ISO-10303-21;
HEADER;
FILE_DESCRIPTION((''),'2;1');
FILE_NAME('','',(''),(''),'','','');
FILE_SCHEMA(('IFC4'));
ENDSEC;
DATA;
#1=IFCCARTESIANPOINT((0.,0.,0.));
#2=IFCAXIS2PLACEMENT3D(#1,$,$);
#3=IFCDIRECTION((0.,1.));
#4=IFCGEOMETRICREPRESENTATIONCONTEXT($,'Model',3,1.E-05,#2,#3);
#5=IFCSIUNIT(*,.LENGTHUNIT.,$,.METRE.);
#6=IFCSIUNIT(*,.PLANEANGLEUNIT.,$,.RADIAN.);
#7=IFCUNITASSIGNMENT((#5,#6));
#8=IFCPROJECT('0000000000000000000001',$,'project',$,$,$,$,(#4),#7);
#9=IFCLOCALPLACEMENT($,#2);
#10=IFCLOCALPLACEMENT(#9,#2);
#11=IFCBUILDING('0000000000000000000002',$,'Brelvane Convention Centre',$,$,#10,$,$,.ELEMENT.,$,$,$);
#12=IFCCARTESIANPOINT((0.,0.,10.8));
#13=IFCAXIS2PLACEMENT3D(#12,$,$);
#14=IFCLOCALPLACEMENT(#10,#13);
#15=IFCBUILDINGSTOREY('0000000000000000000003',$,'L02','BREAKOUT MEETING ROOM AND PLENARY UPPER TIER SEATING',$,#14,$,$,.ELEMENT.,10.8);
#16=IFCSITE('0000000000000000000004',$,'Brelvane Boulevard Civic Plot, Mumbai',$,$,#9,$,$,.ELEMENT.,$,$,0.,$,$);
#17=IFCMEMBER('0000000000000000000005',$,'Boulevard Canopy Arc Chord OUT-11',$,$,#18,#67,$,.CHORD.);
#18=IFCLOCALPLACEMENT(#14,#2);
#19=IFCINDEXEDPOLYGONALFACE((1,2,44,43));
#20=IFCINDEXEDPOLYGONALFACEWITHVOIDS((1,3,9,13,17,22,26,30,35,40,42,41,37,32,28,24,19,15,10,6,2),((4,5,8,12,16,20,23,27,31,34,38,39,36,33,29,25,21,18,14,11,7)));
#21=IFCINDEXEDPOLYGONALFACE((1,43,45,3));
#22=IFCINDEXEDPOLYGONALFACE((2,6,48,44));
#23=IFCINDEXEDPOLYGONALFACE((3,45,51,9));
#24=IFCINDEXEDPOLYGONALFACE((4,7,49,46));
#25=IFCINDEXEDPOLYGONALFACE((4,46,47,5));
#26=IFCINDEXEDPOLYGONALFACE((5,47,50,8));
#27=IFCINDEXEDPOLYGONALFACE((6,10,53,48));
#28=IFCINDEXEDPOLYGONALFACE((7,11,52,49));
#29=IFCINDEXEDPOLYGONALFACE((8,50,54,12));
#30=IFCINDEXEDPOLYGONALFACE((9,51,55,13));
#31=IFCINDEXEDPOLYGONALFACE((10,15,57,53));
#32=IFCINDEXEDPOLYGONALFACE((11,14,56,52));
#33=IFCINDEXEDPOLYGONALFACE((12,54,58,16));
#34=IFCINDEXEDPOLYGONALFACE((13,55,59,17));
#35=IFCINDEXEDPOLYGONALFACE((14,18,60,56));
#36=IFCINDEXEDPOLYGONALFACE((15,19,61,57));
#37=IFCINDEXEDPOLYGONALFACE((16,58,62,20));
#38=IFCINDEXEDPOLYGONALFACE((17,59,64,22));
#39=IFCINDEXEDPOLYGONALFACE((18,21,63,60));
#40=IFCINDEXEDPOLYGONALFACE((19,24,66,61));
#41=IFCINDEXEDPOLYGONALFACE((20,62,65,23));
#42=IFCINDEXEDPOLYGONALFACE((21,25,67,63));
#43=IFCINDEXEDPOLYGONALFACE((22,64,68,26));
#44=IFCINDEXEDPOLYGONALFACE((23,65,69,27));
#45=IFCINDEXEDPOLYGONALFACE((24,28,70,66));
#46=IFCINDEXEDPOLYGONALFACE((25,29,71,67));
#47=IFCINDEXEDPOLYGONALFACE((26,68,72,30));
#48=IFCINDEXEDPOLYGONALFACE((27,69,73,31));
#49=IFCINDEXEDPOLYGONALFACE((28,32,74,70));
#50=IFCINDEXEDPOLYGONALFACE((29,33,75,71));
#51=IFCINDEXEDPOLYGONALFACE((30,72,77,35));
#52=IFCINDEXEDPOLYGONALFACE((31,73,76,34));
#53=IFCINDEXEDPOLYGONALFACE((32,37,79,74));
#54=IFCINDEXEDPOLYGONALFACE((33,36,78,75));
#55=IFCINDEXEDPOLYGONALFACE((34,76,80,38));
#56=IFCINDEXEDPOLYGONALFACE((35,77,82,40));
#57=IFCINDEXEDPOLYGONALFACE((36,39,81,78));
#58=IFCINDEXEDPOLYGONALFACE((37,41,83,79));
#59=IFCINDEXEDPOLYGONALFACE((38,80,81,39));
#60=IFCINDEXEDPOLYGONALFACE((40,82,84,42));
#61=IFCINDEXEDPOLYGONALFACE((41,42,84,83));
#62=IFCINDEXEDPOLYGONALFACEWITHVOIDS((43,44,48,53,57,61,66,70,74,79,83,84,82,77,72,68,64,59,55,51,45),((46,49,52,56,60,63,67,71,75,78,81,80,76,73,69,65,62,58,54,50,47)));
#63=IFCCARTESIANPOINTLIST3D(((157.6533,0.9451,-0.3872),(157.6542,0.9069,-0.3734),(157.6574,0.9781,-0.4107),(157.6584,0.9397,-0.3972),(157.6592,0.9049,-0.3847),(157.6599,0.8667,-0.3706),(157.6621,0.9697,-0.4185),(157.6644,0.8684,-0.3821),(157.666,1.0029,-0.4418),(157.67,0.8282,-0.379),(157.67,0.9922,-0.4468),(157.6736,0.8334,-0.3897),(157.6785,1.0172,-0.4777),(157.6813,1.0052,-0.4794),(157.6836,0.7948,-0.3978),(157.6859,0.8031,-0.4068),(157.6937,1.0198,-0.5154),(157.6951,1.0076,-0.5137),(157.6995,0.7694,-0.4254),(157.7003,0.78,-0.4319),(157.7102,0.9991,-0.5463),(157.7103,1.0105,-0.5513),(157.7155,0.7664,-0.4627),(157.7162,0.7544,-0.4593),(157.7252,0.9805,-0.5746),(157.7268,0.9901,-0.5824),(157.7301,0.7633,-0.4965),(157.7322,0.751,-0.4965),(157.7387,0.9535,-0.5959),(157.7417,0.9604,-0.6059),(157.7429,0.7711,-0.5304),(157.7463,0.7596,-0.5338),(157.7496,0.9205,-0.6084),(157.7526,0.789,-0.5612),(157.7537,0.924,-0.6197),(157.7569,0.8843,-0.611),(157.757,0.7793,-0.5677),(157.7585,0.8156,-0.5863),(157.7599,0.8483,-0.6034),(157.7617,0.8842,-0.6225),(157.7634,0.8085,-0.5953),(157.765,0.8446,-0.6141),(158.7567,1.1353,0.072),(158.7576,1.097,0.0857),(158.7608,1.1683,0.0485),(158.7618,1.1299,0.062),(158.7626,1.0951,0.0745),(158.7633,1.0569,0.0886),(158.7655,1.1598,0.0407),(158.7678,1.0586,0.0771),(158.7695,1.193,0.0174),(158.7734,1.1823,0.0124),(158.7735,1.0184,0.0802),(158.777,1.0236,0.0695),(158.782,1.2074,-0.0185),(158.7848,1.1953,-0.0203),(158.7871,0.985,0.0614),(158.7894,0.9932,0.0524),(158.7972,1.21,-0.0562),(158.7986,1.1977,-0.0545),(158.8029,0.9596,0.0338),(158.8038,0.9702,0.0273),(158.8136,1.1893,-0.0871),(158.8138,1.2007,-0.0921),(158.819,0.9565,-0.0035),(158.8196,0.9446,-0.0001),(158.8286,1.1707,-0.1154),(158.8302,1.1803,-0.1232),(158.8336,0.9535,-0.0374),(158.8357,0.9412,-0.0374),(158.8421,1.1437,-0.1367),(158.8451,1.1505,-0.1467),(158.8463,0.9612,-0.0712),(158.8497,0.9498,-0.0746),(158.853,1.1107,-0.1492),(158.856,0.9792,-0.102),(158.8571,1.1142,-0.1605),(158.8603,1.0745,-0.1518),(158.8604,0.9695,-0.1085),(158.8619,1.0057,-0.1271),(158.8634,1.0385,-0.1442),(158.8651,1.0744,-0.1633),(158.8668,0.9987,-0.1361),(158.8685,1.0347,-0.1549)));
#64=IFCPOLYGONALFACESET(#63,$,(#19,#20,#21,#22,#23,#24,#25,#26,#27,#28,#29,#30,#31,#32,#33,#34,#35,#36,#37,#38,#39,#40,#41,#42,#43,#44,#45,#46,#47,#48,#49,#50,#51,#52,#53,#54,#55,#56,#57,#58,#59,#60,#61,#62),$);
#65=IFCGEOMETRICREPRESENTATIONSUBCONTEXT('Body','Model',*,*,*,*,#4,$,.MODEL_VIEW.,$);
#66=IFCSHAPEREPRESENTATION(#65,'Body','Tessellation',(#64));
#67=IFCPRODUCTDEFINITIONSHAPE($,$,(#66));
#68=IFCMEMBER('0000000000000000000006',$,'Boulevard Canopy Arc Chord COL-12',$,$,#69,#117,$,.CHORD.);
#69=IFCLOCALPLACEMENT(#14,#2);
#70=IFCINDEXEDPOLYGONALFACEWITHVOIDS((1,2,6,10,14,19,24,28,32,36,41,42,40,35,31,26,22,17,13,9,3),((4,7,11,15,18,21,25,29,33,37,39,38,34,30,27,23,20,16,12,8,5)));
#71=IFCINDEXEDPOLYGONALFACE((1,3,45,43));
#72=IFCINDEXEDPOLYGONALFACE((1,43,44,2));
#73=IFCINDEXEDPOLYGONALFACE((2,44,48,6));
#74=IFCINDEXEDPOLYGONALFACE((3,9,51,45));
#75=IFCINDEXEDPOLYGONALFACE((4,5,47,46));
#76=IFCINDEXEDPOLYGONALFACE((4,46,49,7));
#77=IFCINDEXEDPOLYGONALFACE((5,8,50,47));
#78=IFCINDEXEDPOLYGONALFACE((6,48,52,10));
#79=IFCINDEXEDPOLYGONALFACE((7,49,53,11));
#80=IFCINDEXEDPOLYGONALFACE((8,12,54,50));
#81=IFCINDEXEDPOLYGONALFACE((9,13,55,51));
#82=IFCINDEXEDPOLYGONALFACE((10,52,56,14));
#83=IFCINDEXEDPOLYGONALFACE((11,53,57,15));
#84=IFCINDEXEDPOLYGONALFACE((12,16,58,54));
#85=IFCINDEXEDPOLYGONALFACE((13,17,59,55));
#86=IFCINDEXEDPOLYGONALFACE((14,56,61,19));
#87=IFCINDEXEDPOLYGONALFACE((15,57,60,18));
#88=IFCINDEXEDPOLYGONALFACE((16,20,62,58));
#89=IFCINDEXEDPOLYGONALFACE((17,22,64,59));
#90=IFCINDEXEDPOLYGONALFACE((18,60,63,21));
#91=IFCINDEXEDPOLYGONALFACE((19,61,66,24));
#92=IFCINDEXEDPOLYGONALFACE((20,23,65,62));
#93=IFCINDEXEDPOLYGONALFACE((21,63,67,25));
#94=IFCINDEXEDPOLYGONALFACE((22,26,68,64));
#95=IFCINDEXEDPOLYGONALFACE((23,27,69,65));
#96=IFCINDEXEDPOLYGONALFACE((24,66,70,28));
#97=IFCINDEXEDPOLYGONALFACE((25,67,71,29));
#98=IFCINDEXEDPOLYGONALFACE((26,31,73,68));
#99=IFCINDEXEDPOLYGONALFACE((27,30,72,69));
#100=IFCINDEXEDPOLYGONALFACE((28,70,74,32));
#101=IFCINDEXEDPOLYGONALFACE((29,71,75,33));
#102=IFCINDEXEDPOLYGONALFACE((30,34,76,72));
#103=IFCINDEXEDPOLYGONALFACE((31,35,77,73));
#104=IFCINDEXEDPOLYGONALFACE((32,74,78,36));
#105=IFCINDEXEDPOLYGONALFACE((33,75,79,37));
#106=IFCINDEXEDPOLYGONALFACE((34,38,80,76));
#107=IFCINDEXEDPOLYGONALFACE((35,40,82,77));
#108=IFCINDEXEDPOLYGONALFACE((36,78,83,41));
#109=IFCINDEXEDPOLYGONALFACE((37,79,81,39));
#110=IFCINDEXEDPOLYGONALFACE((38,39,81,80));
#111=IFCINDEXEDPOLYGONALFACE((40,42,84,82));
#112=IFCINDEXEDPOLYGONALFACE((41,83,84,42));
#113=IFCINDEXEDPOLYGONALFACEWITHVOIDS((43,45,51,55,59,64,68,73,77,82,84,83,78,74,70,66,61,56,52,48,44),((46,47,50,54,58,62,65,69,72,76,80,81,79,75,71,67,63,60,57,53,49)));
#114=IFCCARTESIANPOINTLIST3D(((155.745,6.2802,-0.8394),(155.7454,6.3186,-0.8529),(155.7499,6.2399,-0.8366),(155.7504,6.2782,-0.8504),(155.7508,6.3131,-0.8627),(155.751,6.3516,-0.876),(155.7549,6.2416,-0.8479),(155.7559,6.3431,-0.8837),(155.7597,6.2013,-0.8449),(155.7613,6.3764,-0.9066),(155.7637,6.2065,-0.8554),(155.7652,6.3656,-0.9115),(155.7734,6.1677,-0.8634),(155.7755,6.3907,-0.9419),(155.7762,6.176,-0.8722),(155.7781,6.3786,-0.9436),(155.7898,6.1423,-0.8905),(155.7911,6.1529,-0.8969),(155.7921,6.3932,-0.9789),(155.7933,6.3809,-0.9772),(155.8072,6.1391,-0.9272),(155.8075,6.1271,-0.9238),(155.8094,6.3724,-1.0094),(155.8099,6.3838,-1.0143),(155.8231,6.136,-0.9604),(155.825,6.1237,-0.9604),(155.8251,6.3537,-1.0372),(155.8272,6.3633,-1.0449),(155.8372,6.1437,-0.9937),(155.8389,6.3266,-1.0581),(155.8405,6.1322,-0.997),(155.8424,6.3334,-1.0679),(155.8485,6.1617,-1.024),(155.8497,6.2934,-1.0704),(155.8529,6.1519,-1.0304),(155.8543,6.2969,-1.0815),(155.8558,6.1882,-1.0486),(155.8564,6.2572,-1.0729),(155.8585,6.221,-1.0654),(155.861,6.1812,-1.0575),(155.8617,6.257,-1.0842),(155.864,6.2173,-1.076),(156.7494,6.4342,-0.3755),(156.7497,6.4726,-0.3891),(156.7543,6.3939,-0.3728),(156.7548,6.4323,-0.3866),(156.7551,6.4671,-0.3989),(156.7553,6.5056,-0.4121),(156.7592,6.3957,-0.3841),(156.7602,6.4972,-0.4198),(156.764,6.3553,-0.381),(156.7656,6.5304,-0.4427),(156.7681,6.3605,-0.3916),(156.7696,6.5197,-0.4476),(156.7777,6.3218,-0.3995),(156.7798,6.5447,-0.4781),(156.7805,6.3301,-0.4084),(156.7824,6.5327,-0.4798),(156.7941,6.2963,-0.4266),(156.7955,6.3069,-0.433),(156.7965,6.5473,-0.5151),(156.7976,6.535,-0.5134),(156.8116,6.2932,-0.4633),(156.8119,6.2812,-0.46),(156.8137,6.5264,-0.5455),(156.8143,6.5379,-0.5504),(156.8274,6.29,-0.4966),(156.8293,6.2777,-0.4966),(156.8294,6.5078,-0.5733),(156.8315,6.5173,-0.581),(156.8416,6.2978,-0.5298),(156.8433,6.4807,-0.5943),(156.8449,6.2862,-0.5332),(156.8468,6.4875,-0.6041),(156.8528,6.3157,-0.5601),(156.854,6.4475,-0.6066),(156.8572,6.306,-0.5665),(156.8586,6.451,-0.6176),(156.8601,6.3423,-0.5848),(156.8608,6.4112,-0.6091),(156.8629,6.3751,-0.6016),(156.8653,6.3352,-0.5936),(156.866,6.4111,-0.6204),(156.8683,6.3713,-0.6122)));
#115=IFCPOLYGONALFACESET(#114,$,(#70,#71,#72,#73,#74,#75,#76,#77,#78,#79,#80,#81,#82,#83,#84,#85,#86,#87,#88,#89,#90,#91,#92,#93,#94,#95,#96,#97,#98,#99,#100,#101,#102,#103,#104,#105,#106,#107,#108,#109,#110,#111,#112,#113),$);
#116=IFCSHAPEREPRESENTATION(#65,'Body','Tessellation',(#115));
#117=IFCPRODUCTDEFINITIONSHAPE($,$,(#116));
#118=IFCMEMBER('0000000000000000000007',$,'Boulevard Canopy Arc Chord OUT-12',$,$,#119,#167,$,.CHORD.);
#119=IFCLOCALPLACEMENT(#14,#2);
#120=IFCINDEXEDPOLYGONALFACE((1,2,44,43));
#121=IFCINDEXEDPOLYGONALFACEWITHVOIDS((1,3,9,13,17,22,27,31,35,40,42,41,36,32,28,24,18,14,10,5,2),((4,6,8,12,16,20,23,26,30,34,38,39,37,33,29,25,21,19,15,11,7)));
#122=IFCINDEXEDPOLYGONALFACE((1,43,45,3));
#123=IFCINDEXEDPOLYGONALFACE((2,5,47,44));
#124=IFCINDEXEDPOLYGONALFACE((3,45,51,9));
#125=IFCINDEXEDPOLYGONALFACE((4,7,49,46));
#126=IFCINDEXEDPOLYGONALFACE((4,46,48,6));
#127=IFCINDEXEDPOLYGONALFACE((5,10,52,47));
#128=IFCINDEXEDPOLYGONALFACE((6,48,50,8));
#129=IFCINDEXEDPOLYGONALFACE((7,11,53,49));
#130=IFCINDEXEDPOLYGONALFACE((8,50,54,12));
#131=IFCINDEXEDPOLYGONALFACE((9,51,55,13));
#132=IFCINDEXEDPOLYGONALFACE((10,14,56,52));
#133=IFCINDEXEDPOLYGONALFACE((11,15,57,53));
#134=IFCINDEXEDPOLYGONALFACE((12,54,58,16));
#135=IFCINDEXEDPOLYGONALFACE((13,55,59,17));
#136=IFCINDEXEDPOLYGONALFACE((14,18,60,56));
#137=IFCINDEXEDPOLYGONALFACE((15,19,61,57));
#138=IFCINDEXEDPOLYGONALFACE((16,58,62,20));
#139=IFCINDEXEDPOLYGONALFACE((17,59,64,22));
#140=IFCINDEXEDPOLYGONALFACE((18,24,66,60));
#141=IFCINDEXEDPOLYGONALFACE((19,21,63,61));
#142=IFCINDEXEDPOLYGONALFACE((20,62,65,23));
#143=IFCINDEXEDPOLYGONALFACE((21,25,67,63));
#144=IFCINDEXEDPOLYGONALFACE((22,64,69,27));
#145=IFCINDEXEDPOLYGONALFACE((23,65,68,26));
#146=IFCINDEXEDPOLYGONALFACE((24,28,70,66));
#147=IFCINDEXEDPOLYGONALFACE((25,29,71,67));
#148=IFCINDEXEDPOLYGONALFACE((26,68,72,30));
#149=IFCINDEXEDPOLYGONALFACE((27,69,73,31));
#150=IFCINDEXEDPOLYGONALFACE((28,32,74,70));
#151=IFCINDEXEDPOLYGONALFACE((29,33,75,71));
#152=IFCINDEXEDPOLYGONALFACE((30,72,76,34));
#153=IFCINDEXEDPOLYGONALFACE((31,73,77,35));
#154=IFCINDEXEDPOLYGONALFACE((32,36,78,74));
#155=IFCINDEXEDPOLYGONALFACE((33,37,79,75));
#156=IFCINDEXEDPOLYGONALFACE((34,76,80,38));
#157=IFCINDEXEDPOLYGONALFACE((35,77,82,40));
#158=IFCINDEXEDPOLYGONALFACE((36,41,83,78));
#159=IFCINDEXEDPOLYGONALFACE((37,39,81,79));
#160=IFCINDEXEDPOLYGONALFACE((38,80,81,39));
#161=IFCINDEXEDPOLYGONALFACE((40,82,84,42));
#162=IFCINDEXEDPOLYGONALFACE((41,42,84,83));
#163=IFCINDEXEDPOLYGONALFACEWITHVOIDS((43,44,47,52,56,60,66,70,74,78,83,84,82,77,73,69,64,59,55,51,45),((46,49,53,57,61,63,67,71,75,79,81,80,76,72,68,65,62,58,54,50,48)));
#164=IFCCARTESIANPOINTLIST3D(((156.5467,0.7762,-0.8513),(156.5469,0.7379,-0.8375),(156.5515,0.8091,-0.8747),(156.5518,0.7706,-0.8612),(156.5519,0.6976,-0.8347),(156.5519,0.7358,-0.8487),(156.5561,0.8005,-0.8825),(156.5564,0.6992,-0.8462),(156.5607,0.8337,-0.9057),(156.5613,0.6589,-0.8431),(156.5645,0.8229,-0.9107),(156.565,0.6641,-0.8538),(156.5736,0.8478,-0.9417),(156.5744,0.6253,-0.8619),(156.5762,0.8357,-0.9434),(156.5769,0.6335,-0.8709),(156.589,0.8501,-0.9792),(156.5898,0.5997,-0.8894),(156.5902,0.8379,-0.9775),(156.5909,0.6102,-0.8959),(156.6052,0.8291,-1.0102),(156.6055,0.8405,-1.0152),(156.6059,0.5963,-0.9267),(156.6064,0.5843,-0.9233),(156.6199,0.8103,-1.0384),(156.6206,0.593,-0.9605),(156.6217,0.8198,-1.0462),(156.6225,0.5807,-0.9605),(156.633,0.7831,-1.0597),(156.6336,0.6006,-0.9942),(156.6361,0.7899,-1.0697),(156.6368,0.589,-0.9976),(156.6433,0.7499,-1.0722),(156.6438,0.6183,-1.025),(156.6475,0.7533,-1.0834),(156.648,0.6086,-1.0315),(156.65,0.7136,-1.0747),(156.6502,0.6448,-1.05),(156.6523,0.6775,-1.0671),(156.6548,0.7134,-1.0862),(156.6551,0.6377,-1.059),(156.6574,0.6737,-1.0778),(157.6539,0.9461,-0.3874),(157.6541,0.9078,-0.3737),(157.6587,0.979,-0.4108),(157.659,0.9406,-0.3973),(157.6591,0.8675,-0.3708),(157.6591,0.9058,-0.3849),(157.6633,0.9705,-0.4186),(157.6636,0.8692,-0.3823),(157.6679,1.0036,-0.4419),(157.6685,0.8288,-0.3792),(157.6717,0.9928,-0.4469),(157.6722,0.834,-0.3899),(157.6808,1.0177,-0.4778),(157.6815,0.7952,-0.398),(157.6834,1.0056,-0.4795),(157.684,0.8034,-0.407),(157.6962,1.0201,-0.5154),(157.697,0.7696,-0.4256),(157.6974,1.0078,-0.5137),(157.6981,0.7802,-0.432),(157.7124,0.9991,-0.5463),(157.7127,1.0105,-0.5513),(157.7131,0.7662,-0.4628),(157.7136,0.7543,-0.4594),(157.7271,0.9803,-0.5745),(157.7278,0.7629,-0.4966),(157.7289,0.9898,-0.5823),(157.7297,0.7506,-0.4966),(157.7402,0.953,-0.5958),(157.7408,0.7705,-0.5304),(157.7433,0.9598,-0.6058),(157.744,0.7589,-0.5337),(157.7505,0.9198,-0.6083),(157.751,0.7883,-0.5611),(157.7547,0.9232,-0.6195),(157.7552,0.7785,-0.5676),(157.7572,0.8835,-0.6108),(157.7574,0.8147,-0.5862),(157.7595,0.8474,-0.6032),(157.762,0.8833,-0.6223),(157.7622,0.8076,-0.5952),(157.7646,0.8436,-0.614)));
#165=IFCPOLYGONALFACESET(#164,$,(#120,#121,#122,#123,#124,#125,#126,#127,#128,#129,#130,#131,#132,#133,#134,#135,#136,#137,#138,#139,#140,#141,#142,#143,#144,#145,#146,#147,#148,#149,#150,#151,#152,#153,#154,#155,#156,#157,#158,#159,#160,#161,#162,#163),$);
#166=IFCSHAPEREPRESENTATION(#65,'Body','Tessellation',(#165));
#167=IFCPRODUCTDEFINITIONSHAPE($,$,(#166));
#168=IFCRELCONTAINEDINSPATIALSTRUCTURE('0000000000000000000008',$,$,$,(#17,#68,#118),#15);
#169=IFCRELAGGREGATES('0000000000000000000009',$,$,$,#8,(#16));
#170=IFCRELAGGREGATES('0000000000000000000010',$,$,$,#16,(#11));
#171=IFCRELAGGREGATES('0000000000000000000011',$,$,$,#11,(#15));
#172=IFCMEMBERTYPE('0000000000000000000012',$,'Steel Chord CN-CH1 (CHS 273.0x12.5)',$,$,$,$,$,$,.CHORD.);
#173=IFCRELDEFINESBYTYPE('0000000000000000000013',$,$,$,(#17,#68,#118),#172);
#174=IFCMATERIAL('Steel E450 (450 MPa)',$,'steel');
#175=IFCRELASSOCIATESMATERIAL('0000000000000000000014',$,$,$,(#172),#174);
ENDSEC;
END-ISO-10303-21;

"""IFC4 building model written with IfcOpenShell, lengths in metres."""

from ifc_helpers import new_model, si_unit, direction, frame, origin, origin_2d, place, context, subcontext, project, spatial, hollow_circle, extrude, material, material_profile, profile_set, type_object, element, save


model = new_model("IFC4")

# Units and contexts
model_context = context("Model", 3, precision=1e-05, world=origin(), true_north=direction((0.0, 1.0)))
body_context = subcontext(model_context, "Body", "Model", "MODEL_VIEW")
ifc_project = project(units=[si_unit("LENGTHUNIT", "METRE"), si_unit("PLANEANGLEUNIT", "RADIAN")], contexts=[model_context])

# Site, building, storey
site_placement = place(None, origin())
site = spatial("IfcSite", under=ifc_project, at=site_placement, Name="Brelvane Boulevard Civic Plot, Mumbai", CompositionType="ELEMENT", RefElevation=0.0)
building_placement = place(site_placement, origin())
building = spatial("IfcBuilding", under=site, at=building_placement, Name="Brelvane Convention Centre", CompositionType="ELEMENT")
storey_placement = place(building_placement, frame((0.0, 0.0, 10.8)))
storey = spatial("IfcBuildingStorey", under=building, at=storey_placement, Name="L02", Description="BREAKOUT MEETING ROOM AND PLENARY UPPER TIER SEATING", CompositionType="ELEMENT", Elevation=10.8)

# Members
ifc_material_1 = material(Name="Steel E450 (450 MPa)", Category="steel")
ifc_material_profile_1 = material_profile(ifc_material_1, hollow_circle(Radius=0.1365, WallThickness=0.0125, at=origin_2d()), Name="CHS 273.0x12.5")
ifc_profile_set_1 = profile_set([ifc_material_profile_1], Name="Steel E450 (450 MPa)")
member_type_1 = type_object("IfcMemberType", Name="Steel Chord CN-CH1 (CHS 273.0x12.5)", PredefinedType="CHORD", material=ifc_profile_set_1)
member_1_placement = place(storey_placement, frame((158.8125, 1.0757, -0.0374), z_axis=(-0.911776, -0.15714, -0.379436), x_axis=(0.169841, -0.985471, 0.0)))
element("IfcMember", 1, at=member_1_placement, inside=storey, type_object=member_type_1, Name="Boulevard Canopy Arc Chord OUT-11", PredefinedType="CHORD", context=body_context, shape_type="SweptSolid", body=[
    extrude(hollow_circle(Radius=0.1365, WallThickness=0.0125, at=origin_2d()), origin(), (0.0, 0.0, 1.0), 1.2102),
])
member_2_placement = place(storey_placement, frame((156.8086, 6.4126, -0.4966), z_axis=(-0.899181, -0.137915, -0.415275), x_axis=(0.151606, -0.988441, 0.0)))
element("IfcMember", 2, at=member_2_placement, inside=storey, type_object=member_type_1, Name="Boulevard Canopy Arc Chord COL-12", PredefinedType="CHORD", context=body_context, shape_type="SweptSolid", body=[
    extrude(hollow_circle(Radius=0.1365, WallThickness=0.0125, at=origin_2d()), origin(), (0.0, 0.0, 1.0), 1.1169),
])
member_3_placement = place(storey_placement, frame((157.709, 0.8855, -0.4966), z_axis=(-0.913219, -0.140155, -0.382606), x_axis=(0.151697, -0.988427, 0.0)))
element("IfcMember", 3, at=member_3_placement, inside=storey, type_object=member_type_1, Name="Boulevard Canopy Arc Chord OUT-12", PredefinedType="CHORD", context=body_context, shape_type="SweptSolid", body=[
    extrude(hollow_circle(Radius=0.1365, WallThickness=0.0125, at=origin_2d()), origin(), (0.0, 0.0, 1.0), 1.2124),
])

save(model, "model.ifc")
